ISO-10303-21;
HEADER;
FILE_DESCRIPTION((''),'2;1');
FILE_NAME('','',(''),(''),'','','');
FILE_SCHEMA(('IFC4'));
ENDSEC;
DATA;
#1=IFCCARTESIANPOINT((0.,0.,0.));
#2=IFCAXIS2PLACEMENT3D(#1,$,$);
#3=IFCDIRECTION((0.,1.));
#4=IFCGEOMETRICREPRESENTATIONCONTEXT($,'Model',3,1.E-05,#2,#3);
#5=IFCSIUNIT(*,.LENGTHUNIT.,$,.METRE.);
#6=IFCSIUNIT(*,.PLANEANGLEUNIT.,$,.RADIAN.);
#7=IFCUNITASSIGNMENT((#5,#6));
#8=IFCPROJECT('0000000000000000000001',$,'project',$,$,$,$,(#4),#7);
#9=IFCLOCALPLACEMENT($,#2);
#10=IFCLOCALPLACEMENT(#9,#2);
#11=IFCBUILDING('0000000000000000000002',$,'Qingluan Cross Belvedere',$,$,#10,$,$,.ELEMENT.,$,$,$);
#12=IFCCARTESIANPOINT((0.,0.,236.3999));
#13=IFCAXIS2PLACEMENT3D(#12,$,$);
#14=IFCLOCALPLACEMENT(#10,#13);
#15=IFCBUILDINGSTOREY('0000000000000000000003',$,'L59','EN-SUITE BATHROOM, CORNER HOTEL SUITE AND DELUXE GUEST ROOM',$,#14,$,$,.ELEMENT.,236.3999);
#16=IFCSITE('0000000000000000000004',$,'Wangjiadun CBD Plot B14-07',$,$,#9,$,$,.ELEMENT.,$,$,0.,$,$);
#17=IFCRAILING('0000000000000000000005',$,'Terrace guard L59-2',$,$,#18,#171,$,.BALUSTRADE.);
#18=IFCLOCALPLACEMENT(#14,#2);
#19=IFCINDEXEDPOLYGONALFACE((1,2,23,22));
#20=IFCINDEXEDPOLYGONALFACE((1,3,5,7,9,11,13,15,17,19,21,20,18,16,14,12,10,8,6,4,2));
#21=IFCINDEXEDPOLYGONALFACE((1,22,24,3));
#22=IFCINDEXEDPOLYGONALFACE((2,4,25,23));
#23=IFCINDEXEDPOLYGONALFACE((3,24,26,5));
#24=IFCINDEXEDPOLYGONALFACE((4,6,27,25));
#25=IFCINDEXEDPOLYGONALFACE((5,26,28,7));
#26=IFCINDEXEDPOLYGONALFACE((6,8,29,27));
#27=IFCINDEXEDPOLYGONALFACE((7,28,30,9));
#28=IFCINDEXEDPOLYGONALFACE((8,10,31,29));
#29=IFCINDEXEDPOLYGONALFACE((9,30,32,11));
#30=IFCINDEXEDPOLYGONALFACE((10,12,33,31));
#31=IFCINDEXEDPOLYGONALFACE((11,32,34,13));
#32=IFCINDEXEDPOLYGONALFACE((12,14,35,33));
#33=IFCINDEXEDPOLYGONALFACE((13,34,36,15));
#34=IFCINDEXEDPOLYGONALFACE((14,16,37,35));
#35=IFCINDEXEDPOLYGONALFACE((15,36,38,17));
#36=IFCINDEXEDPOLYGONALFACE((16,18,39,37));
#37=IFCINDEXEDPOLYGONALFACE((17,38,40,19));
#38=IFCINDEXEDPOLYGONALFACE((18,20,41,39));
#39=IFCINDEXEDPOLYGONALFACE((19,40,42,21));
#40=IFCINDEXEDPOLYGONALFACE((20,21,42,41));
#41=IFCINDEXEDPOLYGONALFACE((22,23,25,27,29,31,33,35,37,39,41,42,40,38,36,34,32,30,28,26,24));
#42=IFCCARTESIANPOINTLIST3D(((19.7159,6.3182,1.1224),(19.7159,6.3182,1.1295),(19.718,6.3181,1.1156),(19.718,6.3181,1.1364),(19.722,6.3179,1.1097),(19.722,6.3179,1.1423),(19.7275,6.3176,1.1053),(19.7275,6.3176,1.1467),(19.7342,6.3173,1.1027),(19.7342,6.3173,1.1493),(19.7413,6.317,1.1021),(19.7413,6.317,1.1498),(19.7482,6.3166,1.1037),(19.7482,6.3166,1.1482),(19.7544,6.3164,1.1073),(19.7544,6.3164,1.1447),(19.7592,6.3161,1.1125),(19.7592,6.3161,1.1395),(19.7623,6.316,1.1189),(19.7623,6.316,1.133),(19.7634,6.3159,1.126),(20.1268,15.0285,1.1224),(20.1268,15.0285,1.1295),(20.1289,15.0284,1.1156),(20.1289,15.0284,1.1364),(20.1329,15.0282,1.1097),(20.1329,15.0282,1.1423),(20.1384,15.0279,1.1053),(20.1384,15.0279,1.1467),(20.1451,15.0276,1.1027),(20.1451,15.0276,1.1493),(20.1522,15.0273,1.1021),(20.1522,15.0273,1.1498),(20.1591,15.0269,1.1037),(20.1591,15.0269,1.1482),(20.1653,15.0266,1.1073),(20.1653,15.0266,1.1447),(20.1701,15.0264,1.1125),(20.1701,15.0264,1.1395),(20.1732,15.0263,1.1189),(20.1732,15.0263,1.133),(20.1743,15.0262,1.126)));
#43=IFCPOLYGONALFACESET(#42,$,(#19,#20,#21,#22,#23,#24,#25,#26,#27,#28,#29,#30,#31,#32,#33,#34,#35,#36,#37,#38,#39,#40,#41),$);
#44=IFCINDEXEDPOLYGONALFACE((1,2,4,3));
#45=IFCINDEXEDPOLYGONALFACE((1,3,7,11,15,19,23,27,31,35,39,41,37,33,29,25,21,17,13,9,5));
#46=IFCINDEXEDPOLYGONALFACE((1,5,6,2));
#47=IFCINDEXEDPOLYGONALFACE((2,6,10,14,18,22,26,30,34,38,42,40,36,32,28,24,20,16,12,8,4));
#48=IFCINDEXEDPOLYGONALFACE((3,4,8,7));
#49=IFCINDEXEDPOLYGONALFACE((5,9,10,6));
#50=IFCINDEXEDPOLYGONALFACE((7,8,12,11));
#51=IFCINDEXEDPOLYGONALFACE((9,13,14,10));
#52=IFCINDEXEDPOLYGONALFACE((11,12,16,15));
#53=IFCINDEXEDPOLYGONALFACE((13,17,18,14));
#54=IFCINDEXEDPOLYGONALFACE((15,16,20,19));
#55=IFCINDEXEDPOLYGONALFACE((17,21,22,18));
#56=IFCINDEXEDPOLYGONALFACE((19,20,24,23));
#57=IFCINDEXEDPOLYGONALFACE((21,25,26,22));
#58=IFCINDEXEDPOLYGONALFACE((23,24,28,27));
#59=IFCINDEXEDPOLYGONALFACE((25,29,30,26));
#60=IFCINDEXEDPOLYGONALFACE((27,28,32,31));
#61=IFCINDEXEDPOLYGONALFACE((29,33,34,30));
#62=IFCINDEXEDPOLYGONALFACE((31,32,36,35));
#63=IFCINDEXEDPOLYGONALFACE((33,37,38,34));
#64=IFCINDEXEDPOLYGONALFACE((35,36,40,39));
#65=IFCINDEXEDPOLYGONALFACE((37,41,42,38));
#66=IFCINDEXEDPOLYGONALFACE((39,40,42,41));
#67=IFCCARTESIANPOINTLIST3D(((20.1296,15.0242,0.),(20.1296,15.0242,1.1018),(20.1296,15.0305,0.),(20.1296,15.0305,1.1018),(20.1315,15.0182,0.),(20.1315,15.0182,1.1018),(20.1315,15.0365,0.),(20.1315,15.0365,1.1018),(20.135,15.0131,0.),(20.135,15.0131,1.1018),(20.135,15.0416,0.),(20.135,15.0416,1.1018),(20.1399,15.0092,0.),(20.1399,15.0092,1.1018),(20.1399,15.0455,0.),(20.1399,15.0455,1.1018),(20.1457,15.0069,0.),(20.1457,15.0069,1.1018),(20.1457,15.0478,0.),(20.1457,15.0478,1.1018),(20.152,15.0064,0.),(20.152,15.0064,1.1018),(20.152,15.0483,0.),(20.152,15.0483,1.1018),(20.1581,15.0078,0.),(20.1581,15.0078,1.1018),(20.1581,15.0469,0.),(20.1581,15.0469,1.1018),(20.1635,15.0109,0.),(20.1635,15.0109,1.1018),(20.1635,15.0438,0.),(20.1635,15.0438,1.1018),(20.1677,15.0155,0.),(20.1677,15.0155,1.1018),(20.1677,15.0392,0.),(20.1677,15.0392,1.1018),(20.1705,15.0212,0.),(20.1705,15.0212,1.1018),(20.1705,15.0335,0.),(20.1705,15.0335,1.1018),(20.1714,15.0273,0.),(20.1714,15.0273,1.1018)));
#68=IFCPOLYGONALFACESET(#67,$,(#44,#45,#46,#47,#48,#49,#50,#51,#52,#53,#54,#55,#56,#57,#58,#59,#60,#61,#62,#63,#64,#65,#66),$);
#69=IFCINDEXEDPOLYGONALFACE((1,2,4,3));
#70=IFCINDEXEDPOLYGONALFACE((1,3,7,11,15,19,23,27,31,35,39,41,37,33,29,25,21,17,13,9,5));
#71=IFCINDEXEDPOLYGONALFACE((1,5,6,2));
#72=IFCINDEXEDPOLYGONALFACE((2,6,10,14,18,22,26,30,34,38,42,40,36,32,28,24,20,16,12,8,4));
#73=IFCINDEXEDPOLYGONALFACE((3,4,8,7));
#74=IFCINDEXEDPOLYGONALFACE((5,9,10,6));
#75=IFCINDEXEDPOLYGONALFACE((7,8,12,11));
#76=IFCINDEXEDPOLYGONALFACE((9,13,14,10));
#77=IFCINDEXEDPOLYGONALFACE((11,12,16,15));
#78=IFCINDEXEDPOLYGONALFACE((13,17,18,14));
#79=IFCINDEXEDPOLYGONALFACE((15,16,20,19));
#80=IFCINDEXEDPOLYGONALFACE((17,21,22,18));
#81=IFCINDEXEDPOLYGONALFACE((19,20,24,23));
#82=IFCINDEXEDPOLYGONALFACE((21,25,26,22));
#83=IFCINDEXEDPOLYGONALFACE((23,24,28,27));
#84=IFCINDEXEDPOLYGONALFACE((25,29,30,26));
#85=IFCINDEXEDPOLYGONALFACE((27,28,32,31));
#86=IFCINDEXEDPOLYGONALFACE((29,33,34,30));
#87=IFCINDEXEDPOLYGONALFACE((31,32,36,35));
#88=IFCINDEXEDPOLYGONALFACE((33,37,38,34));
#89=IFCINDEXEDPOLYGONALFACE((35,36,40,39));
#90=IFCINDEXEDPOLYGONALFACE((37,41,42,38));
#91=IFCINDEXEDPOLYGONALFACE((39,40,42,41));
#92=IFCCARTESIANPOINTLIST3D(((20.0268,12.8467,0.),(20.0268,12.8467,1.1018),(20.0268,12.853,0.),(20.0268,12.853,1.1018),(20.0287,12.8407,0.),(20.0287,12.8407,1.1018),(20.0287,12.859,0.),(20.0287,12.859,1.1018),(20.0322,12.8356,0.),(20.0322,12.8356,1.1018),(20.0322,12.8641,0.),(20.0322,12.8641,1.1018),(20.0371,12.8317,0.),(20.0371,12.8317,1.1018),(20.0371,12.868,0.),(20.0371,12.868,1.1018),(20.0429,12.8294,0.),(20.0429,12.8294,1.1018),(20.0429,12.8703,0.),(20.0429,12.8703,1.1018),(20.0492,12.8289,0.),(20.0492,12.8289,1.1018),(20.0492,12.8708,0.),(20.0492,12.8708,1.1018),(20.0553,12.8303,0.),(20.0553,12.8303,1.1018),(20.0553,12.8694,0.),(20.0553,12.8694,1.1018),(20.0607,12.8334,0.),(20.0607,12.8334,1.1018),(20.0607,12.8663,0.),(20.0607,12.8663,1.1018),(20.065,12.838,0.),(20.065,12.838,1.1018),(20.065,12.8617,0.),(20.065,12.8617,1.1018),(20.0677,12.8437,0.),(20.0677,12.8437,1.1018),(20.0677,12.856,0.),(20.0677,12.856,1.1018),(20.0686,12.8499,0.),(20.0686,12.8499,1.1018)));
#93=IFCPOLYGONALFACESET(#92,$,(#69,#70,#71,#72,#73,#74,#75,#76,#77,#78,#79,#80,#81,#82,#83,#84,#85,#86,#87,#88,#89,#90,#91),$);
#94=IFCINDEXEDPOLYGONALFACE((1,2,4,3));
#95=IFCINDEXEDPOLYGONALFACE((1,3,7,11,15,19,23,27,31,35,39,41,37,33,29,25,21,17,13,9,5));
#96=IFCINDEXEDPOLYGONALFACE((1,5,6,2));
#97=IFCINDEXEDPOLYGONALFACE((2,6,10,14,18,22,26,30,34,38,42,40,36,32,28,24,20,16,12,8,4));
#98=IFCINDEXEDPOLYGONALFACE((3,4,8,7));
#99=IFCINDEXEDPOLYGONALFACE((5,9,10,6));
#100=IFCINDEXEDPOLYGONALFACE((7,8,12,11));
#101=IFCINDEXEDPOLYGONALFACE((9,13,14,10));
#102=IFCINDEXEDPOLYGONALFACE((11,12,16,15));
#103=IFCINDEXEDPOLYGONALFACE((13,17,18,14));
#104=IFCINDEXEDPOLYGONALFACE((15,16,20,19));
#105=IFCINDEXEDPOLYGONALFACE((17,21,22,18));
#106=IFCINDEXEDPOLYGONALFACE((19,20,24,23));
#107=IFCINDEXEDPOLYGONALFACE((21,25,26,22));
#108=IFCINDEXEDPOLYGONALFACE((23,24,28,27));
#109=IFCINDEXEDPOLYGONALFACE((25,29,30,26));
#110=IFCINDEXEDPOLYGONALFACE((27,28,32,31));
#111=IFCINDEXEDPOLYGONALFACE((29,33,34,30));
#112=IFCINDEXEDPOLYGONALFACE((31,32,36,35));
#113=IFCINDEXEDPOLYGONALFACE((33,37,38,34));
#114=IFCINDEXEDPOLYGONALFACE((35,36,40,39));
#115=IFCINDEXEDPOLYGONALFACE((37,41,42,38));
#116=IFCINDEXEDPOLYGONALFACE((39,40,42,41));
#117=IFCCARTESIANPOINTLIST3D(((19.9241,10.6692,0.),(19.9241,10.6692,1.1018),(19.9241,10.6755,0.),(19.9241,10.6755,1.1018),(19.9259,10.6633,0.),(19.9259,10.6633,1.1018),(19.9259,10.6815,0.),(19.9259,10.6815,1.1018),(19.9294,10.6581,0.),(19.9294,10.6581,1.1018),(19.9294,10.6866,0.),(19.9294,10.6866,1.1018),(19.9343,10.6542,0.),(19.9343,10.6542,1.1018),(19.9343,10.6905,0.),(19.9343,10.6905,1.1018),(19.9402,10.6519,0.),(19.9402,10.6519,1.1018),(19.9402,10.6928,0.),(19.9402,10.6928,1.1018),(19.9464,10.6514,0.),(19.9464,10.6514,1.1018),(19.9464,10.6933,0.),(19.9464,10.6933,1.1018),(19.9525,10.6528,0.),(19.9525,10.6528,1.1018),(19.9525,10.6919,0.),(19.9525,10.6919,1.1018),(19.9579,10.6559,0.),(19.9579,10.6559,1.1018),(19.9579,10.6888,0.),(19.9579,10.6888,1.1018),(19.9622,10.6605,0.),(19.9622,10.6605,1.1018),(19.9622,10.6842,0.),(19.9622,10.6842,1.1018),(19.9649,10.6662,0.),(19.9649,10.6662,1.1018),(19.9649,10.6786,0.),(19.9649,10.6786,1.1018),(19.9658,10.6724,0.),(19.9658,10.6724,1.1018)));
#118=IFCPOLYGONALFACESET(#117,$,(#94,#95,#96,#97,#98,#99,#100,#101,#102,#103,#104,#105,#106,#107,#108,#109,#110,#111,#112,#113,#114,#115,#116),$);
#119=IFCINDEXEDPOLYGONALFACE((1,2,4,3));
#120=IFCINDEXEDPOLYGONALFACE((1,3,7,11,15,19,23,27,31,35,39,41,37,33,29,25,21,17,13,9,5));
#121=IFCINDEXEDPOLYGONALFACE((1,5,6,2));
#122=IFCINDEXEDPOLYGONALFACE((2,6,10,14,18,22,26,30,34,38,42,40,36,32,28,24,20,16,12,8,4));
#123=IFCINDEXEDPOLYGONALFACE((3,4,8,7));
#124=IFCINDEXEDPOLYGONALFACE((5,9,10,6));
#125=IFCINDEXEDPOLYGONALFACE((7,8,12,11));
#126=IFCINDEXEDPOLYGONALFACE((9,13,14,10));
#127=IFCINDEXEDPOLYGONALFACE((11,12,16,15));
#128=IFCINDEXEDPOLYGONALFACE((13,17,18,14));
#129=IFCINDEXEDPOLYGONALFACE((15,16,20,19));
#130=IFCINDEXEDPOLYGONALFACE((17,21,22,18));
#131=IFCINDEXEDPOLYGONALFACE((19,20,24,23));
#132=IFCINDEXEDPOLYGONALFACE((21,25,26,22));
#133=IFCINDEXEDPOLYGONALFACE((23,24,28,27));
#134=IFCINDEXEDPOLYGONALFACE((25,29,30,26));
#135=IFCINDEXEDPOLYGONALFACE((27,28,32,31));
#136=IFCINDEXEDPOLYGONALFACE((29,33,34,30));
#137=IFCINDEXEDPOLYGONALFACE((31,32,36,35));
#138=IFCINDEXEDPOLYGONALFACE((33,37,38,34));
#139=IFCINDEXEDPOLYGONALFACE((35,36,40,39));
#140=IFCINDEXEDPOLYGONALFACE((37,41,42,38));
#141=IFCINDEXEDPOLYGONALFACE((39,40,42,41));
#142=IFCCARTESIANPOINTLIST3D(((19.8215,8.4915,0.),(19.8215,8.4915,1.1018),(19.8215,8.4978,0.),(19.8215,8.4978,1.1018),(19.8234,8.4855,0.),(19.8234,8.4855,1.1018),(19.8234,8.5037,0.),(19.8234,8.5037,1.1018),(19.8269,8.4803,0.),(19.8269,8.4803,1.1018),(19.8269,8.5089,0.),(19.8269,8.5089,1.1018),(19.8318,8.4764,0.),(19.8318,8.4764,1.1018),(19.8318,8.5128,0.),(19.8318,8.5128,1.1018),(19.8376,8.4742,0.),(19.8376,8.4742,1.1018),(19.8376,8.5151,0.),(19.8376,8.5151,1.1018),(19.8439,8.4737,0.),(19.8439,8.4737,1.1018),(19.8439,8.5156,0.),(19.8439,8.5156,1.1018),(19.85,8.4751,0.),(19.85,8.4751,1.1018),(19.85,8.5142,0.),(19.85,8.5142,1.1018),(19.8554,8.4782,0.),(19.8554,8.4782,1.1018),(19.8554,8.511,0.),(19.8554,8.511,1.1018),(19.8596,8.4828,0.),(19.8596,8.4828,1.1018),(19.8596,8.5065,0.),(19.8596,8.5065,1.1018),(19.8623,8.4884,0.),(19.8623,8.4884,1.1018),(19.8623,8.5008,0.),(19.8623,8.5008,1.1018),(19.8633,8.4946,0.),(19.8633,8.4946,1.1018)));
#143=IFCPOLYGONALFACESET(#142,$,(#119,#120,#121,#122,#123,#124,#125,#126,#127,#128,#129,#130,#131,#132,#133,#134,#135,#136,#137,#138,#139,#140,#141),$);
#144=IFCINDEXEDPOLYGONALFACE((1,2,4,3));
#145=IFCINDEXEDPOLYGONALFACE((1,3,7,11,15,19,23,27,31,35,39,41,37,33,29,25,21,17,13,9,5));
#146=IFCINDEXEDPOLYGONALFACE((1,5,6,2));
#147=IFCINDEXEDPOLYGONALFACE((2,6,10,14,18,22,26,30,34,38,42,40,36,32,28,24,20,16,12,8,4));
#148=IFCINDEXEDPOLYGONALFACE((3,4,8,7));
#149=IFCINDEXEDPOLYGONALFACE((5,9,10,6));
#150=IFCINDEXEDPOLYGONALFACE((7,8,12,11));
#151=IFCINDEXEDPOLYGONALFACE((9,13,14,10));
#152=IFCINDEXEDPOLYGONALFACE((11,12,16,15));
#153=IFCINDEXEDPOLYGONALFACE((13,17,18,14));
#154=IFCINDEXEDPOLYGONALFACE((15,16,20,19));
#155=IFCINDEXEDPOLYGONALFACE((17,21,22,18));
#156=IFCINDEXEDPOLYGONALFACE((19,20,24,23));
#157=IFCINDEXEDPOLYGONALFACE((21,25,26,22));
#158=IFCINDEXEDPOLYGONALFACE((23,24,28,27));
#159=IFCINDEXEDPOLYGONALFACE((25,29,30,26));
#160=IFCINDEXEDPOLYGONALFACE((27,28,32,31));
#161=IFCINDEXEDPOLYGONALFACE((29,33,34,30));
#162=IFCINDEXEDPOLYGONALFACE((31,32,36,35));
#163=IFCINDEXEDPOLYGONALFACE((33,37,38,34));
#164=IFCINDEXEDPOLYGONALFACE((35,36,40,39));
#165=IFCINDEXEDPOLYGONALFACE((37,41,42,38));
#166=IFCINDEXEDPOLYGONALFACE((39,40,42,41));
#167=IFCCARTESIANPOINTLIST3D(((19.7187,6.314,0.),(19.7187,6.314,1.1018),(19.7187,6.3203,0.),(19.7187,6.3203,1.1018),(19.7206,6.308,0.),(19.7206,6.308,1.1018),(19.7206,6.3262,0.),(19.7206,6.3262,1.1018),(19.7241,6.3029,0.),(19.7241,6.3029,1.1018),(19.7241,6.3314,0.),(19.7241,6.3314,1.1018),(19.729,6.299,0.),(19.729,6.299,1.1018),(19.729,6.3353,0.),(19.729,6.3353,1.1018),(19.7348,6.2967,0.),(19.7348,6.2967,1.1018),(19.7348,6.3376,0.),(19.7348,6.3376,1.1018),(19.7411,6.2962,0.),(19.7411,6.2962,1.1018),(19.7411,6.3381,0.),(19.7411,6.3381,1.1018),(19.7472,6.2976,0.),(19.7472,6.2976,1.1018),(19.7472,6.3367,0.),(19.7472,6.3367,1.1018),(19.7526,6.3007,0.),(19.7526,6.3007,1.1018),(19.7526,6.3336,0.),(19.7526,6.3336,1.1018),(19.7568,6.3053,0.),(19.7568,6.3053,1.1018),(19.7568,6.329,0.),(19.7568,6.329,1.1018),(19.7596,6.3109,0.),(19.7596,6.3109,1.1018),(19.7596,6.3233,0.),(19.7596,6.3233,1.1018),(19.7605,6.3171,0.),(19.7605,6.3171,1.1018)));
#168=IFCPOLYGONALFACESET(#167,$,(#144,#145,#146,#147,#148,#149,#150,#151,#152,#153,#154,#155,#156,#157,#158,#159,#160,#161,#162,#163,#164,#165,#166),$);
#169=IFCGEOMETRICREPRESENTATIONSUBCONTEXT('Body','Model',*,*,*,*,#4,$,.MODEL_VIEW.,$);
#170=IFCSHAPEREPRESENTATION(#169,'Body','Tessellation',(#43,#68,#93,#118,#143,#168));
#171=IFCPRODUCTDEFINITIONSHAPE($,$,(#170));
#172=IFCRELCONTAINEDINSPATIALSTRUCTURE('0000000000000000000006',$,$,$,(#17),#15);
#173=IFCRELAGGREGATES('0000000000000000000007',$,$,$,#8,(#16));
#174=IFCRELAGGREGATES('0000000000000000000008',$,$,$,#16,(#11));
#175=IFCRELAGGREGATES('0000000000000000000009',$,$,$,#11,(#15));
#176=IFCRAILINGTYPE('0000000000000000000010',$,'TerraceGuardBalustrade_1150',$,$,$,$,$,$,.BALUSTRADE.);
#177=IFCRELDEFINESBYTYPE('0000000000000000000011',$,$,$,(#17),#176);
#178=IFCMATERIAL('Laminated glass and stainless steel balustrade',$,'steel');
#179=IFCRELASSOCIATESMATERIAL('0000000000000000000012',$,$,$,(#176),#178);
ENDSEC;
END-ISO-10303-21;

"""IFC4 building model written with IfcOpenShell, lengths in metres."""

from ifc_helpers import new_model, si_unit, direction, frame, origin, origin_2d, place, context, subcontext, project, spatial, circle, extrude, material, type_object, element, save


model = new_model("IFC4")

# Units and contexts
model_context = context("Model", 3, precision=1e-05, world=origin(), true_north=direction((0.0, 1.0)))
body_context = subcontext(model_context, "Body", "Model", "MODEL_VIEW")
ifc_project = project(units=[si_unit("LENGTHUNIT", "METRE"), si_unit("PLANEANGLEUNIT", "RADIAN")], contexts=[model_context])

# Site, building, storey
site_placement = place(None, origin())
site = spatial("IfcSite", under=ifc_project, at=site_placement, Name="Wangjiadun CBD Plot B14-07", CompositionType="ELEMENT", RefElevation=0.0)
building_placement = place(site_placement, origin())
building = spatial("IfcBuilding", under=site, at=building_placement, Name="Qingluan Cross Belvedere", CompositionType="ELEMENT")
storey_placement = place(building_placement, frame((0.0, 0.0, 236.3999)))
storey = spatial("IfcBuildingStorey", under=building, at=storey_placement, Name="L59", Description="EN-SUITE BATHROOM, CORNER HOTEL SUITE AND DELUXE GUEST ROOM", CompositionType="ELEMENT", Elevation=236.3999)

# Railing
ifc_material_1 = material(Name="Laminated glass and stainless steel balustrade", Category="steel")
railing_type = type_object("IfcRailingType", Name="TerraceGuardBalustrade_1150", PredefinedType="BALUSTRADE", material=ifc_material_1)
railing_1_placement = place(storey_placement, frame((20.1504, 15.0273, 0.0)))
element("IfcRailing", 1, at=railing_1_placement, inside=storey, type_object=railing_type, Name="Terrace guard L59-2", PredefinedType="BALUSTRADE", context=body_context, shape_type="SweptSolid", body=[
    extrude(circle(Radius=0.0239, at=origin_2d()), frame((0.0, 0.0, 1.126), z_axis=(-0.047121, -0.998889, 0.0), x_axis=(0.998889, -0.047121, 0.0)), (0.0, 0.0, 1.0), 8.72),
    extrude(circle(Radius=0.021, at=origin_2d()), origin(), (0.0, 0.0, 1.0), 1.1018),
    extrude(circle(Radius=0.021, at=origin_2d()), frame((-0.1028, -2.1775, 0.0)), (0.0, 0.0, 1.0), 1.1018),
    extrude(circle(Radius=0.021, at=origin_2d()), frame((-0.2056, -4.355, 0.0)), (0.0, 0.0, 1.0), 1.1018),
    extrude(circle(Radius=0.021, at=origin_2d()), frame((-0.3081, -6.5327, 0.0)), (0.0, 0.0, 1.0), 1.1018),
    extrude(circle(Radius=0.021, at=origin_2d()), frame((-0.4109, -8.7102, 0.0)), (0.0, 0.0, 1.0), 1.1018),
])

save(model, "model.ifc")
